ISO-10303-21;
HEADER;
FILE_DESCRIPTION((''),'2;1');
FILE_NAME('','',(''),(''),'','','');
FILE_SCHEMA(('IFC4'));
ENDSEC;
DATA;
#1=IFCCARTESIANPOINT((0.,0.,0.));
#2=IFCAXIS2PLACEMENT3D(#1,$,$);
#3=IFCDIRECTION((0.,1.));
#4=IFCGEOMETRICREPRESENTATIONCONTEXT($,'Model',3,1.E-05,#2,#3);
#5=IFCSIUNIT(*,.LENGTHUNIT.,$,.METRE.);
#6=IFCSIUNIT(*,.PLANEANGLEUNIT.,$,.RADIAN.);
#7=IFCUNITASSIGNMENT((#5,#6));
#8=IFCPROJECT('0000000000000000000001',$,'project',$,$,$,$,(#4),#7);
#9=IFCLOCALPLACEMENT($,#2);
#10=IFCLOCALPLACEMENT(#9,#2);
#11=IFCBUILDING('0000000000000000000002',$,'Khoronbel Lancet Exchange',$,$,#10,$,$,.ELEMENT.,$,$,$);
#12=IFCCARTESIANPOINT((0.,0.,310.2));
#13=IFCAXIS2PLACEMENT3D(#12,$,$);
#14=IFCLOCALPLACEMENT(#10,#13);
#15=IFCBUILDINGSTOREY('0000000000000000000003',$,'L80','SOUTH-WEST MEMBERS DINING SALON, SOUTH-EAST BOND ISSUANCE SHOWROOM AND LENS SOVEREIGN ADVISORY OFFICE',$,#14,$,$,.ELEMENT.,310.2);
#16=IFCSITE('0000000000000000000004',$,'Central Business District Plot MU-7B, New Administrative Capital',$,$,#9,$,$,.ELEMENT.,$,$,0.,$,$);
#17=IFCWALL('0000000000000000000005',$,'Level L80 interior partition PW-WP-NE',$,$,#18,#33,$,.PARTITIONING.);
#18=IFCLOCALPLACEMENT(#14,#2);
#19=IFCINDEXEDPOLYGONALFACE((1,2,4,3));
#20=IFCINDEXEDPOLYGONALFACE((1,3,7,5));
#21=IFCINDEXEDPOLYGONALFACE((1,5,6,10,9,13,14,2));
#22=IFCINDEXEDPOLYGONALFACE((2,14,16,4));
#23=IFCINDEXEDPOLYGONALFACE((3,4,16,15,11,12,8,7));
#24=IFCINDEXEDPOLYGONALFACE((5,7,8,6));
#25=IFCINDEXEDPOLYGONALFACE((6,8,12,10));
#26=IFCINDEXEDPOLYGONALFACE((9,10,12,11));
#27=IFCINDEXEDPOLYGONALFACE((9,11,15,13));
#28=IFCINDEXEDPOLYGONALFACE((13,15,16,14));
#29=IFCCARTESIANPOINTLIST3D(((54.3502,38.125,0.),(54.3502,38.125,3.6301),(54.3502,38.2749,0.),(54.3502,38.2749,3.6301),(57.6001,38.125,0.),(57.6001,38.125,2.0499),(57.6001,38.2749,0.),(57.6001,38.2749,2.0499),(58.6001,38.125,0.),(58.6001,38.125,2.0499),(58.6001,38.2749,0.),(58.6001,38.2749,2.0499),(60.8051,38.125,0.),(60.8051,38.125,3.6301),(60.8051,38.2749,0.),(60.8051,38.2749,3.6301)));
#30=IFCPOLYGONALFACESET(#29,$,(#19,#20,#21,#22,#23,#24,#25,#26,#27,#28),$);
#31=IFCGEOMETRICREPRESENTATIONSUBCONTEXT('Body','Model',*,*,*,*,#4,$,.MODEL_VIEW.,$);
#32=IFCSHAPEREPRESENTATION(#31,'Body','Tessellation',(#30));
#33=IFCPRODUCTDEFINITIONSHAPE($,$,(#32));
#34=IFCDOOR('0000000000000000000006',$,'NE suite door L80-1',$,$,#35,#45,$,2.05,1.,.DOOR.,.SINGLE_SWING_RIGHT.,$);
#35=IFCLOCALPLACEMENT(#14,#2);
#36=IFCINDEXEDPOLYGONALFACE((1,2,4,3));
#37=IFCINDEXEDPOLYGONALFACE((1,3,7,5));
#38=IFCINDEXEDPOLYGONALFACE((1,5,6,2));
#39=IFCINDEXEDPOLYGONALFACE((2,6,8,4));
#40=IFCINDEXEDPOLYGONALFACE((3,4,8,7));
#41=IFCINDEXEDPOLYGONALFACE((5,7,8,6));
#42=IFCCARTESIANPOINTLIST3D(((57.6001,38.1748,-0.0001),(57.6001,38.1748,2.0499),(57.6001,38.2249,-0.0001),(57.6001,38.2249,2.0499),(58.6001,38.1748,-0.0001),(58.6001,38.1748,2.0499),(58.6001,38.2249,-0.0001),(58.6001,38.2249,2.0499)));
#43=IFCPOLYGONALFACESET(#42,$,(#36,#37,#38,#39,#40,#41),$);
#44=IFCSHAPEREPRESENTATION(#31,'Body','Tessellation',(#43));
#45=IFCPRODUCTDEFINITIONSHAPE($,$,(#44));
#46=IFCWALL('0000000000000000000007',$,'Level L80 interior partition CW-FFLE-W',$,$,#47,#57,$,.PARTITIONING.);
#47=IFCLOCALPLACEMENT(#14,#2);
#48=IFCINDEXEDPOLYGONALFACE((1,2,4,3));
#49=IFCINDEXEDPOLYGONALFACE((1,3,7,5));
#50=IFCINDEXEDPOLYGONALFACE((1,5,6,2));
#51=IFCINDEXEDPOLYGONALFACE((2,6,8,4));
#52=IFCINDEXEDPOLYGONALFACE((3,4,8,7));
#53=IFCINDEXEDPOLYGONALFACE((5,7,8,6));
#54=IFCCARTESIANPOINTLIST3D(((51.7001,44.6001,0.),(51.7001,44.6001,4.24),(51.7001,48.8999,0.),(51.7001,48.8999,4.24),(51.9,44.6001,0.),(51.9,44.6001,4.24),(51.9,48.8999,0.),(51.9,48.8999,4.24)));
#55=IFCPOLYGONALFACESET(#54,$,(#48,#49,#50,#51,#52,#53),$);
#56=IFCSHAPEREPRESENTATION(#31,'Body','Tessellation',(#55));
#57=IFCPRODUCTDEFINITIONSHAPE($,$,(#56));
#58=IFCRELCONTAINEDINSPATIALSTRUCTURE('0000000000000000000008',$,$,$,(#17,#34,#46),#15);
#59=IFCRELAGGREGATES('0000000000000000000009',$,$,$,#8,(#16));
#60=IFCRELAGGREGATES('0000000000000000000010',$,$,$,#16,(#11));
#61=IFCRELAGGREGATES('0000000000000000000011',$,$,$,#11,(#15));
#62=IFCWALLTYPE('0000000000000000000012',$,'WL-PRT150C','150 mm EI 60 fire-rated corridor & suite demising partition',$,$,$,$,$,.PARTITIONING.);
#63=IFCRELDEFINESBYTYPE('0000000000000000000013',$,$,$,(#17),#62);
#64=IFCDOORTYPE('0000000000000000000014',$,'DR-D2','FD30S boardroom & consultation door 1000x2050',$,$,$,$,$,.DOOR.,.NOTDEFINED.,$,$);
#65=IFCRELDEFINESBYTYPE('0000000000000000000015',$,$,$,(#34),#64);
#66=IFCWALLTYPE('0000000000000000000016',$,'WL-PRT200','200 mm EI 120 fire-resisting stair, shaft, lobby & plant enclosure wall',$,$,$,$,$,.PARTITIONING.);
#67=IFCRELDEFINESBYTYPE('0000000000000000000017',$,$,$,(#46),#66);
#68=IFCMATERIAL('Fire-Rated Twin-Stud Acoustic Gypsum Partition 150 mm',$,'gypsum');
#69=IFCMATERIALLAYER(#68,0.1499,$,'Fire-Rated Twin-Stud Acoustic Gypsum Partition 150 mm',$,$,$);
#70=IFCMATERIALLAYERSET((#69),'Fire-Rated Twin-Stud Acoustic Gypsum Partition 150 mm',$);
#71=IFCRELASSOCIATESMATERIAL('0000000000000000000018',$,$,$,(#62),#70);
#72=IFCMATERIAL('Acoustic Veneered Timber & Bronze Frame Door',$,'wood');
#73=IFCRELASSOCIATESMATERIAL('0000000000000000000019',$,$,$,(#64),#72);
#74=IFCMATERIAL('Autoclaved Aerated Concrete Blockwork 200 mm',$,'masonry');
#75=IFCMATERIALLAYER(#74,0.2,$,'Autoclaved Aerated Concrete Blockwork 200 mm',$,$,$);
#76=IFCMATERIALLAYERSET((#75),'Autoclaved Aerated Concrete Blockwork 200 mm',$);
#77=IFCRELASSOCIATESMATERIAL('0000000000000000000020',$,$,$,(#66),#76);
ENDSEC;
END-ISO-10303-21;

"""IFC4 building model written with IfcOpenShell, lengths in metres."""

from ifc_helpers import new_model, si_unit, direction, frame, frame_2d, origin, place, context, subcontext, project, spatial, rectangle, extrude, material, layer, layer_set, type_object, element, fill, save


model = new_model("IFC4")

# Units and contexts
model_context = context("Model", 3, precision=1e-05, world=origin(), true_north=direction((0.0, 1.0)))
body_context = subcontext(model_context, "Body", "Model", "MODEL_VIEW")
ifc_project = project(units=[si_unit("LENGTHUNIT", "METRE"), si_unit("PLANEANGLEUNIT", "RADIAN")], contexts=[model_context])

# Site, building, storey
site_placement = place(None, origin())
site = spatial("IfcSite", under=ifc_project, at=site_placement, Name="Central Business District Plot MU-7B, New Administrative Capital", CompositionType="ELEMENT", RefElevation=0.0)
building_placement = place(site_placement, origin())
building = spatial("IfcBuilding", under=site, at=building_placement, Name="Khoronbel Lancet Exchange", CompositionType="ELEMENT")
storey_placement = place(building_placement, frame((0.0, 0.0, 310.2)))
storey = spatial("IfcBuildingStorey", under=building, at=storey_placement, Name="L80", Description="SOUTH-WEST MEMBERS DINING SALON, SOUTH-EAST BOND ISSUANCE SHOWROOM AND LENS SOVEREIGN ADVISORY OFFICE", CompositionType="ELEMENT", Elevation=310.2)

# Wall, opening, door
ifc_material_1 = material(Name="Fire-Rated Twin-Stud Acoustic Gypsum Partition 150 mm", Category="gypsum")
ifc_layer_1 = layer(ifc_material_1, 0.1499, Name="Fire-Rated Twin-Stud Acoustic Gypsum Partition 150 mm")
ifc_layer_set_1 = layer_set([ifc_layer_1], Name="Fire-Rated Twin-Stud Acoustic Gypsum Partition 150 mm")
wall_type_1 = type_object("IfcWallType", Name="WL-PRT150C", Description="150 mm EI 60 fire-rated corridor & suite demising partition", PredefinedType="PARTITIONING", material=ifc_layer_set_1)
wall_1_placement = place(storey_placement, frame((54.3501, 38.2, 0.0), z_axis=(0.0, 0.0, 1.0), x_axis=(1.0, 0.0, 0.0)))
wall_1 = element("IfcWall", 1, at=wall_1_placement, inside=storey, type_object=wall_type_1, Name="Level L80 interior partition PW-WP-NE", PredefinedType="PARTITIONING", context=body_context, shape_type="SweptSolid", body=[
    extrude(rectangle(XDim=6.4548, YDim=0.1499, at=frame_2d((3.2275, 0.0))), origin(), (0.0, 0.0, 1.0), 3.6301),
])
opening_1_placement = place(wall_1_placement, frame((3.25, 0.0, 0.0)))
opening_1 = element("IfcOpeningElement", 2, at=opening_1_placement, cuts=wall_1, PredefinedType="OPENING", context=body_context, shape_type="SweptSolid", body=[
    extrude(rectangle(XDim=1.0, YDim=2.05, at=frame_2d((0.5, 1.0249))), frame((0.0, 0.085, 0.0), z_axis=(0.0, -1.0, 0.0), x_axis=(1.0, 0.0, 0.0)), (0.0, 0.0, 1.0), 0.1699),
])
ifc_material_2 = material(Name="Acoustic Veneered Timber & Bronze Frame Door", Category="wood")
door_type_1 = type_object("IfcDoorType", Name="DR-D2", Description="FD30S boardroom & consultation door 1000x2050", OperationType="NOTDEFINED", PredefinedType="DOOR", material=ifc_material_2)
door_1_placement = place(opening_1_placement, origin())
door_1 = element("IfcDoor", 3, at=door_1_placement, inside=storey, type_object=door_type_1, Name="NE suite door L80-1", OperationType="SINGLE_SWING_RIGHT", OverallHeight=2.05, OverallWidth=1.0, PredefinedType="DOOR", context=body_context, shape_type="SweptSolid", body=[
    extrude(rectangle(XDim=1.0, YDim=2.05, at=frame_2d((0.5, 1.0249))), frame((0.0, 0.0249, 0.0), z_axis=(0.0, -1.0, 0.0), x_axis=(1.0, 0.0, 0.0)), (0.0, 0.0, 1.0), 0.05),
])
fill(opening_1, door_1)

# Wall
ifc_material_3 = material(Name="Autoclaved Aerated Concrete Blockwork 200 mm", Category="masonry")
ifc_layer_2 = layer(ifc_material_3, 0.2, Name="Autoclaved Aerated Concrete Blockwork 200 mm")
ifc_layer_set_2 = layer_set([ifc_layer_2], Name="Autoclaved Aerated Concrete Blockwork 200 mm")
wall_type_2 = type_object("IfcWallType", Name="WL-PRT200", Description="200 mm EI 120 fire-resisting stair, shaft, lobby & plant enclosure wall", PredefinedType="PARTITIONING", material=ifc_layer_set_2)
wall_2_placement = place(storey_placement, frame((51.8, 44.6001, 0.0), z_axis=(0.0, 0.0, 1.0), x_axis=(0.0, 1.0, 0.0)))
element("IfcWall", 4, at=wall_2_placement, inside=storey, type_object=wall_type_2, Name="Level L80 interior partition CW-FFLE-W", PredefinedType="PARTITIONING", context=body_context, shape_type="SweptSolid", body=[
    extrude(rectangle(XDim=4.2998, YDim=0.2, at=frame_2d((2.1499, 0.0))), origin(), (0.0, 0.0, 1.0), 4.24),
])

save(model, "model.ifc")
